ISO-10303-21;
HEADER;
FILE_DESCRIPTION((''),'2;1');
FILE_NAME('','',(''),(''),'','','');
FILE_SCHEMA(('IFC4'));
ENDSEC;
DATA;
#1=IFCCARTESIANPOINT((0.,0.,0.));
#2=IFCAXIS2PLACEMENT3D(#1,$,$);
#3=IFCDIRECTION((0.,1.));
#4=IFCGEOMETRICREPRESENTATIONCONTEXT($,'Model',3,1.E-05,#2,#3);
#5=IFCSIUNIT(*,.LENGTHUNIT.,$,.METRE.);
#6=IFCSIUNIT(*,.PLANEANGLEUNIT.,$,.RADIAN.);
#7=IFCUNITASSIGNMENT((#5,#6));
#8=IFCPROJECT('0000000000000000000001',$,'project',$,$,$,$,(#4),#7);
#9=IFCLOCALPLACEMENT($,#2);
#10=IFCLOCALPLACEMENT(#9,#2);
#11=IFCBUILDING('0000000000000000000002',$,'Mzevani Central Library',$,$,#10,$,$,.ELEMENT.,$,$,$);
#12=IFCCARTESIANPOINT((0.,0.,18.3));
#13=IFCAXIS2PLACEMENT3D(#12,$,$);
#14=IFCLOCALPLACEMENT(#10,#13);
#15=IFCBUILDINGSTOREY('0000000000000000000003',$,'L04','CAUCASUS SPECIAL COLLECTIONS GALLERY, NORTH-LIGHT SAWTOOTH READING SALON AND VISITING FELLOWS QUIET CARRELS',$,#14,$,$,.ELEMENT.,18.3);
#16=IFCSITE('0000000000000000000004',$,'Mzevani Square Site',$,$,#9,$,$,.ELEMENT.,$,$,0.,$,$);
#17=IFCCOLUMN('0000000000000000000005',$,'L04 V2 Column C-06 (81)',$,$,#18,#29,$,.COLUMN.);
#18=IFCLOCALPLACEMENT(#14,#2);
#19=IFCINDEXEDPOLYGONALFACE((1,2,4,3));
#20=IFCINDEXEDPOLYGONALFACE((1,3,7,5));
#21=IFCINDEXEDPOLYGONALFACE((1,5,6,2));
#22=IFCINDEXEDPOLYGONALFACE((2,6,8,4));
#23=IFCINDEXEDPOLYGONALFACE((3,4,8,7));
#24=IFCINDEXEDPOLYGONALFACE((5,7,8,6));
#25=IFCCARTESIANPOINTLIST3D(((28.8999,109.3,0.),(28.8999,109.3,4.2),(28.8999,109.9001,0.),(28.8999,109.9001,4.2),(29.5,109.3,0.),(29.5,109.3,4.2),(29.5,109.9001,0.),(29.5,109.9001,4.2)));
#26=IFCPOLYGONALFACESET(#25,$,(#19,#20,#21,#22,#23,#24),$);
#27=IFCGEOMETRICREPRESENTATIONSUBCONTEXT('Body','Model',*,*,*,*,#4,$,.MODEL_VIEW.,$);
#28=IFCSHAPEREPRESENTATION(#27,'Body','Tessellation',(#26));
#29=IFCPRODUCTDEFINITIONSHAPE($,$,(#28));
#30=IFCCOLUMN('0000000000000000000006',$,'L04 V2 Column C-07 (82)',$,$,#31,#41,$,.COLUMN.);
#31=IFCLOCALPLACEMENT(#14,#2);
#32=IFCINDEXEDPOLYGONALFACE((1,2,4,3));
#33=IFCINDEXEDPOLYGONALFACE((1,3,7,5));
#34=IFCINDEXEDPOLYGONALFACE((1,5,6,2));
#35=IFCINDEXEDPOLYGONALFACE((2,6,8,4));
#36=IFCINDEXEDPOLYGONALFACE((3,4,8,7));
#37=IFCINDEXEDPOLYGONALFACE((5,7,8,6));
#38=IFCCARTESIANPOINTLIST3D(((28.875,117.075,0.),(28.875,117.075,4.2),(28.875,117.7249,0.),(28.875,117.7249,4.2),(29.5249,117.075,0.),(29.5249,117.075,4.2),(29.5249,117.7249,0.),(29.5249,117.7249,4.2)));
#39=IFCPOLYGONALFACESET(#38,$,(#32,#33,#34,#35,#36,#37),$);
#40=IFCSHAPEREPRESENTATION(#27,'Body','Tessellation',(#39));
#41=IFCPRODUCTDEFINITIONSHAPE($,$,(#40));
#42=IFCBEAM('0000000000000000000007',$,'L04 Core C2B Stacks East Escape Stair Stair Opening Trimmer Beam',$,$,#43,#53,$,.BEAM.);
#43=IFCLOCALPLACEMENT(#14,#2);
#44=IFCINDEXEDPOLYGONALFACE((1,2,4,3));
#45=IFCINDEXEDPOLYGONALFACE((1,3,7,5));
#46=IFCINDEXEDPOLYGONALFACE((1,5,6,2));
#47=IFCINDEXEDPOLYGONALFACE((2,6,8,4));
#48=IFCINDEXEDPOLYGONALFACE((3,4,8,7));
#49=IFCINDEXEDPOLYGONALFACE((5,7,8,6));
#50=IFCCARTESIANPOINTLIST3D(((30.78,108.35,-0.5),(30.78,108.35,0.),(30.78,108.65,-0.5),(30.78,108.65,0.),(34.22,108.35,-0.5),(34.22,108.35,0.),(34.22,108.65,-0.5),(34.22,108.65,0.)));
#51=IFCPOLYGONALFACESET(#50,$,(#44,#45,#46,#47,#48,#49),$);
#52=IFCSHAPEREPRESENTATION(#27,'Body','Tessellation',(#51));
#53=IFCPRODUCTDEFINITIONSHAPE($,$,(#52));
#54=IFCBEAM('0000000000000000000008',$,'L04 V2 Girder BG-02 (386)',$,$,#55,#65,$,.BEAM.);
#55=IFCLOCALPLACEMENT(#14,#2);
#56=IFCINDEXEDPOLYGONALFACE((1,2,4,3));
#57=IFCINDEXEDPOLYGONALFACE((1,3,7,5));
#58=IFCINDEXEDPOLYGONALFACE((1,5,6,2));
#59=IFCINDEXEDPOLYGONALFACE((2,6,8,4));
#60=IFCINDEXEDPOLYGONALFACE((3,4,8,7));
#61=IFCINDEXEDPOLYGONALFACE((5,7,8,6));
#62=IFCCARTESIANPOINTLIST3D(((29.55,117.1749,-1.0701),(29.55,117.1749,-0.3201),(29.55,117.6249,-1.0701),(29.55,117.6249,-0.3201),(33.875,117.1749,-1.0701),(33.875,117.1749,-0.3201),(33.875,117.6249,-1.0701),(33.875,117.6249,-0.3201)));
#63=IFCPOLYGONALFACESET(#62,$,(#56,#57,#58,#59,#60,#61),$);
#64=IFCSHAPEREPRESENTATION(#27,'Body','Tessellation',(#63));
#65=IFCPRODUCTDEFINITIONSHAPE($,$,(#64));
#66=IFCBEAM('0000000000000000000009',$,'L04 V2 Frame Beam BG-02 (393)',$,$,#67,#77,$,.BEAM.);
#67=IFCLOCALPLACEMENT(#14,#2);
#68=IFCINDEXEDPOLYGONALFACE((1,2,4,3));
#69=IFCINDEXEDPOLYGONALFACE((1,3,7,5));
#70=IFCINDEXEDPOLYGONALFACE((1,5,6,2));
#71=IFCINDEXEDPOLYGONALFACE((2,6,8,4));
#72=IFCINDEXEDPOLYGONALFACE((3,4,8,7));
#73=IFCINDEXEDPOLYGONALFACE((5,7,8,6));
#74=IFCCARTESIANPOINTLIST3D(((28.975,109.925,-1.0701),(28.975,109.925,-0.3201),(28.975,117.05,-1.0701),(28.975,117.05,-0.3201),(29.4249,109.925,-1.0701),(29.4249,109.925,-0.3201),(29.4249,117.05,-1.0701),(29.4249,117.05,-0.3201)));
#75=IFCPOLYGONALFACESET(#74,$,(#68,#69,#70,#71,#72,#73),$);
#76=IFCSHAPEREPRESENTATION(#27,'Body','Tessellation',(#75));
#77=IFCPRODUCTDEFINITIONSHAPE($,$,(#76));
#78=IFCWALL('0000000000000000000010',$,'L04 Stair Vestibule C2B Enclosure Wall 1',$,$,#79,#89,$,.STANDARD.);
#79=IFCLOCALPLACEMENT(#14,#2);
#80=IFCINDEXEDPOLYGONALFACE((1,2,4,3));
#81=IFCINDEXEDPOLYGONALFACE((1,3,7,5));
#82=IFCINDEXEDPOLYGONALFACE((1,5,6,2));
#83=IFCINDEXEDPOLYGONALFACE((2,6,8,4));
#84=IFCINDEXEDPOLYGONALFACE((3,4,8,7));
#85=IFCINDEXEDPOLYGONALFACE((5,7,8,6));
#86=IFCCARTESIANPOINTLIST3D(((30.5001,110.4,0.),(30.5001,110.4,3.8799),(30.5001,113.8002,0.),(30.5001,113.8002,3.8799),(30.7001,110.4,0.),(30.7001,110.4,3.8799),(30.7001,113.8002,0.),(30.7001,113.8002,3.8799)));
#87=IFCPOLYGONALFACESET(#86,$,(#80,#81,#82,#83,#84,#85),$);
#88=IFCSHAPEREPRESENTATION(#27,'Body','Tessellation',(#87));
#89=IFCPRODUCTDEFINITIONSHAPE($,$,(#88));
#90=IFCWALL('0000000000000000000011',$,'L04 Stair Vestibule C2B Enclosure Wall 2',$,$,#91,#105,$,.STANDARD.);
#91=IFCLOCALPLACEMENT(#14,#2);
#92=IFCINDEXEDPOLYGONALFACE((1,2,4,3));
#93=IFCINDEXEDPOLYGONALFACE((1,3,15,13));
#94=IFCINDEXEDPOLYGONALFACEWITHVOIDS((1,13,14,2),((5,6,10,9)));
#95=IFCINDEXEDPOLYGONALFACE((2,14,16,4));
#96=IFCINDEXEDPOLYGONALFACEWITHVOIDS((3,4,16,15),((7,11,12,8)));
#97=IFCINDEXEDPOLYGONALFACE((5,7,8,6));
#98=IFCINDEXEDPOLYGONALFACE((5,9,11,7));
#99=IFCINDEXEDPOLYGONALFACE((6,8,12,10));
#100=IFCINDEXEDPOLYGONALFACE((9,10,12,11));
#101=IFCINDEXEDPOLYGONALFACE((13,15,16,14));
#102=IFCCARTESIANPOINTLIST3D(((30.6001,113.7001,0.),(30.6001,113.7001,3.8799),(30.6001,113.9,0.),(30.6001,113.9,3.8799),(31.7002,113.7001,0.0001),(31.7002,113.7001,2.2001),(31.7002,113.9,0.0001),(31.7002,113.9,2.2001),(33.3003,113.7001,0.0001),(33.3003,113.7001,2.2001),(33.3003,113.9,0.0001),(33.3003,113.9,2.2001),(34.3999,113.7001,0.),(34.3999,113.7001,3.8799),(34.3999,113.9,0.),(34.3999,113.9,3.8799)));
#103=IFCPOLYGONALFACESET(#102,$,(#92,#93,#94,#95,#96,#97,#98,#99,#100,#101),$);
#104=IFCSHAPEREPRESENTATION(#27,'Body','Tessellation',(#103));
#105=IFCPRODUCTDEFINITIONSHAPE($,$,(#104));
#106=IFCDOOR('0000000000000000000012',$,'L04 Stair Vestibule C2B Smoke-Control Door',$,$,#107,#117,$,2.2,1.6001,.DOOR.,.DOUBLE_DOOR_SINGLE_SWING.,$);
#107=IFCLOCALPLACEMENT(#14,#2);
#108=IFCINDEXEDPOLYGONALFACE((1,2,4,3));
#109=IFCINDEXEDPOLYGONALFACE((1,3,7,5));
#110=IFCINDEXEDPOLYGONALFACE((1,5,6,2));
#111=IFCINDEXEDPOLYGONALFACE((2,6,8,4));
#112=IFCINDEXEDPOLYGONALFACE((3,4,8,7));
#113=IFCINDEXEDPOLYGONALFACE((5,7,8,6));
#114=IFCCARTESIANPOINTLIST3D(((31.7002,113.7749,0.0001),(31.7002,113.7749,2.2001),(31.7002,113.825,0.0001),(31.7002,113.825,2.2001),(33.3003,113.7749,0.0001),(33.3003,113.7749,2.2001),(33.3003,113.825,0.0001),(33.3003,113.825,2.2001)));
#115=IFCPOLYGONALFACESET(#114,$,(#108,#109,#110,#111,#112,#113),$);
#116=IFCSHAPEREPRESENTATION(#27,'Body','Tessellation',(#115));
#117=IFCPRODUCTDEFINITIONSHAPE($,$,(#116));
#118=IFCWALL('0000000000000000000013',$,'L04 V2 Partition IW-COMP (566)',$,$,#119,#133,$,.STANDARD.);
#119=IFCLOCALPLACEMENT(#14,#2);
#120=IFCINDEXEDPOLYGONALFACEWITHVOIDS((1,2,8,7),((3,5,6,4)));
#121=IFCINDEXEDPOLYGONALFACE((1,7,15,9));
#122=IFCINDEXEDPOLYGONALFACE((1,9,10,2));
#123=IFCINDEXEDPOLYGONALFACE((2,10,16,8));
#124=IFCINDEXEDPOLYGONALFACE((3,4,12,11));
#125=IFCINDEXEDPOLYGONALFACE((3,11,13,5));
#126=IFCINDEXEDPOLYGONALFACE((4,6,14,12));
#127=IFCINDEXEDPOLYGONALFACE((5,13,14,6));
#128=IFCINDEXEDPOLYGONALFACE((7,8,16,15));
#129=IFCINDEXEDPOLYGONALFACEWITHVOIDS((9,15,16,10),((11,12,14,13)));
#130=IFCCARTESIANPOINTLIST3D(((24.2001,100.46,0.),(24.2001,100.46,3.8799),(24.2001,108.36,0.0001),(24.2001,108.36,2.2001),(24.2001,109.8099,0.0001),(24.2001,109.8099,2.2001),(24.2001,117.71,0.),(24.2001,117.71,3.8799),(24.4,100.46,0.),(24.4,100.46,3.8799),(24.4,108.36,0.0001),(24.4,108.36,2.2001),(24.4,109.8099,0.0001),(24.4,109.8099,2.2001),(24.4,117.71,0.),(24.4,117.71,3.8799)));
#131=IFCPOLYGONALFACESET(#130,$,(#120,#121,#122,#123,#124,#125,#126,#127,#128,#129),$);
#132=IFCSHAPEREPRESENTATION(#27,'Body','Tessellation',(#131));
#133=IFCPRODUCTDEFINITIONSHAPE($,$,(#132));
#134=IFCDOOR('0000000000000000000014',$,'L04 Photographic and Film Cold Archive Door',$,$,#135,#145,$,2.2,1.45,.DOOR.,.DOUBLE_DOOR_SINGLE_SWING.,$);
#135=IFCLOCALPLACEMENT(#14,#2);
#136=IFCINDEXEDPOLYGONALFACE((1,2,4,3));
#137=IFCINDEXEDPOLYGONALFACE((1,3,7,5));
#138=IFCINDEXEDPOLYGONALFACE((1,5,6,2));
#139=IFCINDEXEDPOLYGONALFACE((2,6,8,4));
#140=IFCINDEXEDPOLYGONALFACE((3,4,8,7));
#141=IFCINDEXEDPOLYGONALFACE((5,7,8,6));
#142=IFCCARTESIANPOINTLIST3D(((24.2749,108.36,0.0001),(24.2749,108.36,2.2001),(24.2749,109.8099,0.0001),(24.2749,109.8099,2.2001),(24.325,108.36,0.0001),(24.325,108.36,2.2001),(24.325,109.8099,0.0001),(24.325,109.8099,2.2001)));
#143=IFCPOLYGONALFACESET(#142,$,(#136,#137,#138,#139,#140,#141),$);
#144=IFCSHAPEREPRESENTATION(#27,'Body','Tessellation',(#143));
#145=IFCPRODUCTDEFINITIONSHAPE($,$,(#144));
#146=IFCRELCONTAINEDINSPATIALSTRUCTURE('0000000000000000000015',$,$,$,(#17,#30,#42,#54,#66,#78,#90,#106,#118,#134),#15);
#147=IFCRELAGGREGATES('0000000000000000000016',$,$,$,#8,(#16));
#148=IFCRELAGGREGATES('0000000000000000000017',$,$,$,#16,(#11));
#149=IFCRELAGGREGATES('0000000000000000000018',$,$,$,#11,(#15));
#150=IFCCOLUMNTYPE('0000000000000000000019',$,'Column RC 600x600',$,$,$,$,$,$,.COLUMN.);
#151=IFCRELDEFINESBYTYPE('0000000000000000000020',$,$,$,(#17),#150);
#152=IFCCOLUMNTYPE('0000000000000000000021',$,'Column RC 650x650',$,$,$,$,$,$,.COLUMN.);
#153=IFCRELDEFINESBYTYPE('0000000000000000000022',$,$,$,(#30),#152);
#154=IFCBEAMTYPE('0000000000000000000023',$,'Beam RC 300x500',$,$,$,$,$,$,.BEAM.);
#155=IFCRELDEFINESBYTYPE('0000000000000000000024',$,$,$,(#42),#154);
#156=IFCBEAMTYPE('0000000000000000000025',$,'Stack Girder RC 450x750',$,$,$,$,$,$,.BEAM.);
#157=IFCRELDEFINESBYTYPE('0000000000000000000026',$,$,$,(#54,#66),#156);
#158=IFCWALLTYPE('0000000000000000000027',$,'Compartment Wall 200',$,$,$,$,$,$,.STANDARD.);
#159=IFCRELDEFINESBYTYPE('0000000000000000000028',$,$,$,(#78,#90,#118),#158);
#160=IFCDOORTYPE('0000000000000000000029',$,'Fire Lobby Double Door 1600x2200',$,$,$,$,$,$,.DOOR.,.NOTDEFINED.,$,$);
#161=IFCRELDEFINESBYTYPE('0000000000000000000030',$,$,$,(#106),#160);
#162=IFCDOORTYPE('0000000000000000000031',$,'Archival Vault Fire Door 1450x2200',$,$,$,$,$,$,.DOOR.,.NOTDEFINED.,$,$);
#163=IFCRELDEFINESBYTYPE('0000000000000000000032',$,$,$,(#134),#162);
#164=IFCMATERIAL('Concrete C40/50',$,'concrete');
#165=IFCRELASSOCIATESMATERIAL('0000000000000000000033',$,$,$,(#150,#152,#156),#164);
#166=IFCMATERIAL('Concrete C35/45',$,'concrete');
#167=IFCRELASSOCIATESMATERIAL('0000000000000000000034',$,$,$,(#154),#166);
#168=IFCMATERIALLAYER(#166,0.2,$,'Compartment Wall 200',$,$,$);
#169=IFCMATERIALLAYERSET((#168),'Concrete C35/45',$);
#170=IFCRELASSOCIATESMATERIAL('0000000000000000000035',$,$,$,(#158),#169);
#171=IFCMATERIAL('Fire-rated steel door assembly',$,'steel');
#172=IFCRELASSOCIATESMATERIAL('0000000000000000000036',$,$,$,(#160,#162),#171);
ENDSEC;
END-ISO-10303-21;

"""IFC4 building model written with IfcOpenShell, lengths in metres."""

from ifc_helpers import new_model, si_unit, direction, frame, frame_2d, origin, origin_2d, place, context, subcontext, project, spatial, rectangle, extrude, material, layer, layer_set, material_profile, profile_set, type_object, element, fill, save


model = new_model("IFC4")

# Units and contexts
model_context = context("Model", 3, precision=1e-05, world=origin(), true_north=direction((0.0, 1.0)))
body_context = subcontext(model_context, "Body", "Model", "MODEL_VIEW")
ifc_project = project(units=[si_unit("LENGTHUNIT", "METRE"), si_unit("PLANEANGLEUNIT", "RADIAN")], contexts=[model_context])

# Site, building, storey
site_placement = place(None, origin())
site = spatial("IfcSite", under=ifc_project, at=site_placement, Name="Mzevani Square Site", CompositionType="ELEMENT", RefElevation=0.0)
building_placement = place(site_placement, origin())
building = spatial("IfcBuilding", under=site, at=building_placement, Name="Mzevani Central Library", CompositionType="ELEMENT")
storey_placement = place(building_placement, frame((0.0, 0.0, 18.3)))
storey = spatial("IfcBuildingStorey", under=building, at=storey_placement, Name="L04", Description="CAUCASUS SPECIAL COLLECTIONS GALLERY, NORTH-LIGHT SAWTOOTH READING SALON AND VISITING FELLOWS QUIET CARRELS", CompositionType="ELEMENT", Elevation=18.3)

# Columns
ifc_material_1 = material(Name="Concrete C40/50", Category="concrete")
ifc_material_profile_1 = material_profile(ifc_material_1, rectangle(XDim=0.6001, YDim=0.6001, at=origin_2d()), Name="RC 600x600")
ifc_profile_set_1 = profile_set([ifc_material_profile_1], Name="Concrete C40/50")
column_type_1 = type_object("IfcColumnType", Name="Column RC 600x600", PredefinedType="COLUMN", material=ifc_profile_set_1)
column_1_placement = place(storey_placement, frame((29.2, 109.6001, 0.0), z_axis=(0.0, 0.0, 1.0), x_axis=(1.0, 0.0, 0.0)))
element("IfcColumn", 1, at=column_1_placement, inside=storey, type_object=column_type_1, Name="L04 V2 Column C-06 (81)", PredefinedType="COLUMN", context=body_context, shape_type="SweptSolid", body=[
    extrude(rectangle(XDim=0.6001, YDim=0.6001, at=origin_2d()), origin(), (0.0, 0.0, 1.0), 4.2),
])
ifc_material_profile_2 = material_profile(ifc_material_1, rectangle(XDim=0.6499, YDim=0.6499, at=origin_2d()), Name="RC 650x650")
ifc_profile_set_2 = profile_set([ifc_material_profile_2], Name="Concrete C40/50")
column_type_2 = type_object("IfcColumnType", Name="Column RC 650x650", PredefinedType="COLUMN", material=ifc_profile_set_2)
column_2_placement = place(storey_placement, frame((29.2, 117.3999, 0.0), z_axis=(0.0, 0.0, 1.0), x_axis=(1.0, 0.0, 0.0)))
element("IfcColumn", 2, at=column_2_placement, inside=storey, type_object=column_type_2, Name="L04 V2 Column C-07 (82)", PredefinedType="COLUMN", context=body_context, shape_type="SweptSolid", body=[
    extrude(rectangle(XDim=0.6499, YDim=0.6499, at=origin_2d()), origin(), (0.0, 0.0, 1.0), 4.2),
])

# Beams
ifc_material_2 = material(Name="Concrete C35/45", Category="concrete")
ifc_material_profile_3 = material_profile(ifc_material_2, rectangle(XDim=0.3, YDim=0.5, at=origin_2d()), Name="RC B300x500")
ifc_profile_set_3 = profile_set([ifc_material_profile_3], Name="Concrete C35/45")
beam_type_1 = type_object("IfcBeamType", Name="Beam RC 300x500", PredefinedType="BEAM", material=ifc_profile_set_3)
beam_1_placement = place(storey_placement, frame((30.78, 108.5, -0.25), z_axis=(1.0, 0.0, 0.0), x_axis=(0.0, 1.0, 0.0)))
element("IfcBeam", 3, at=beam_1_placement, inside=storey, type_object=beam_type_1, Name="L04 Core C2B Stacks East Escape Stair Stair Opening Trimmer Beam", PredefinedType="BEAM", context=body_context, shape_type="SweptSolid", body=[
    extrude(rectangle(XDim=0.3, YDim=0.5, at=origin_2d()), origin(), (0.0, 0.0, 1.0), 3.4399),
])
ifc_material_profile_4 = material_profile(ifc_material_1, rectangle(XDim=0.45, YDim=0.75, at=origin_2d()), Name="RC B450x750")
ifc_profile_set_4 = profile_set([ifc_material_profile_4], Name="Concrete C40/50")
beam_type_2 = type_object("IfcBeamType", Name="Stack Girder RC 450x750", PredefinedType="BEAM", material=ifc_profile_set_4)
beam_2_placement = place(storey_placement, frame((29.55, 117.3999, -0.6951), z_axis=(1.0, 0.0, 0.0), x_axis=(0.0, 1.0, 0.0)))
element("IfcBeam", 4, at=beam_2_placement, inside=storey, type_object=beam_type_2, Name="L04 V2 Girder BG-02 (386)", PredefinedType="BEAM", context=body_context, shape_type="SweptSolid", body=[
    extrude(rectangle(XDim=0.45, YDim=0.75, at=origin_2d()), origin(), (0.0, 0.0, 1.0), 4.325),
])
beam_3_placement = place(storey_placement, frame((29.2, 109.925, -0.6951), z_axis=(0.0, 1.0, 0.0), x_axis=(-1.0, 0.0, 0.0)))
element("IfcBeam", 5, at=beam_3_placement, inside=storey, type_object=beam_type_2, Name="L04 V2 Frame Beam BG-02 (393)", PredefinedType="BEAM", context=body_context, shape_type="SweptSolid", body=[
    extrude(rectangle(XDim=0.45, YDim=0.75, at=origin_2d()), origin(), (0.0, 0.0, 1.0), 7.125),
])

# Wall
ifc_layer_1 = layer(ifc_material_2, 0.2, Name="Compartment Wall 200")
ifc_layer_set_1 = layer_set([ifc_layer_1], Name="Concrete C35/45")
wall_type_1 = type_object("IfcWallType", Name="Compartment Wall 200", PredefinedType="STANDARD", material=ifc_layer_set_1)
wall_1_placement = place(storey_placement, frame((30.6001, 110.3999, 0.0), z_axis=(0.0, 0.0, 1.0), x_axis=(0.0, 1.0, 0.0)))
element("IfcWall", 6, at=wall_1_placement, inside=storey, type_object=wall_type_1, Name="L04 Stair Vestibule C2B Enclosure Wall 1", PredefinedType="STANDARD", context=body_context, shape_type="SweptSolid", body=[
    extrude(rectangle(XDim=3.4001, YDim=0.2, at=frame_2d((1.7002, 0.0))), origin(), (0.0, 0.0, 1.0), 3.8799),
])

# Walls, openings, doors
wall_2_placement = place(storey_placement, frame((30.6001, 113.8, 0.0), z_axis=(0.0, 0.0, 1.0), x_axis=(1.0, 0.0, 0.0)))
wall_2 = element("IfcWall", 7, at=wall_2_placement, inside=storey, type_object=wall_type_1, Name="L04 Stair Vestibule C2B Enclosure Wall 2", PredefinedType="STANDARD", context=body_context, shape_type="SweptSolid", body=[
    extrude(rectangle(XDim=3.7998, YDim=0.2, at=frame_2d((1.8999, 0.0))), origin(), (0.0, 0.0, 1.0), 3.8799),
])
opening_1_placement = place(wall_2_placement, frame((1.1001, 0.0, 0.0)))
opening_1 = element("IfcOpeningElement", 8, at=opening_1_placement, cuts=wall_2, PredefinedType="OPENING", context=body_context, shape_type="SweptSolid", body=[
    extrude(rectangle(XDim=1.6001, YDim=2.2, at=frame_2d((0.8, 1.1001))), frame((0.0, 0.1099, 0.0), z_axis=(0.0, -1.0, 0.0), x_axis=(1.0, 0.0, 0.0)), (0.0, 0.0, 1.0), 0.22),
])
ifc_material_3 = material(Name="Fire-rated steel door assembly", Category="steel")
door_type_1 = type_object("IfcDoorType", Name="Fire Lobby Double Door 1600x2200", OperationType="NOTDEFINED", PredefinedType="DOOR", material=ifc_material_3)
door_1_placement = place(opening_1_placement, origin())
door_1 = element("IfcDoor", 9, at=door_1_placement, inside=storey, type_object=door_type_1, Name="L04 Stair Vestibule C2B Smoke-Control Door", OperationType="DOUBLE_DOOR_SINGLE_SWING", OverallHeight=2.2, OverallWidth=1.6001, PredefinedType="DOOR", context=body_context, shape_type="SweptSolid", body=[
    extrude(rectangle(XDim=1.6001, YDim=2.2, at=frame_2d((0.8, 1.1001))), frame((0.0, 0.0249, 0.0), z_axis=(0.0, -1.0, 0.0), x_axis=(1.0, 0.0, 0.0)), (0.0, 0.0, 1.0), 0.05),
])
fill(opening_1, door_1)
wall_3_placement = place(storey_placement, frame((24.3, 117.71, 0.0), z_axis=(0.0, 0.0, 1.0), x_axis=(0.0, -1.0, 0.0)))
wall_3 = element("IfcWall", 10, at=wall_3_placement, inside=storey, type_object=wall_type_1, Name="L04 V2 Partition IW-COMP (566)", PredefinedType="STANDARD", context=body_context, shape_type="SweptSolid", body=[
    extrude(rectangle(XDim=17.25, YDim=0.2, at=frame_2d((8.625, 0.0))), origin(), (0.0, 0.0, 1.0), 3.8799),
])
opening_2_placement = place(wall_3_placement, frame((7.8999, 0.0, 0.0)))
opening_2 = element("IfcOpeningElement", 11, at=opening_2_placement, cuts=wall_3, PredefinedType="OPENING", context=body_context, shape_type="SweptSolid", body=[
    extrude(rectangle(XDim=1.45, YDim=2.2, at=frame_2d((0.7251, 1.1001))), frame((0.0, 0.1099, 0.0), z_axis=(0.0, -1.0, 0.0), x_axis=(1.0, 0.0, 0.0)), (0.0, 0.0, 1.0), 0.22),
])
door_type_2 = type_object("IfcDoorType", Name="Archival Vault Fire Door 1450x2200", OperationType="NOTDEFINED", PredefinedType="DOOR", material=ifc_material_3)
door_2_placement = place(opening_2_placement, origin())
door_2 = element("IfcDoor", 12, at=door_2_placement, inside=storey, type_object=door_type_2, Name="L04 Photographic and Film Cold Archive Door", OperationType="DOUBLE_DOOR_SINGLE_SWING", OverallHeight=2.2, OverallWidth=1.45, PredefinedType="DOOR", context=body_context, shape_type="SweptSolid", body=[
    extrude(rectangle(XDim=1.45, YDim=2.2, at=frame_2d((0.7251, 1.1001))), frame((0.0, 0.0249, 0.0), z_axis=(0.0, -1.0, 0.0), x_axis=(1.0, 0.0, 0.0)), (0.0, 0.0, 1.0), 0.05),
])
fill(opening_2, door_2)

save(model, "model.ifc")
